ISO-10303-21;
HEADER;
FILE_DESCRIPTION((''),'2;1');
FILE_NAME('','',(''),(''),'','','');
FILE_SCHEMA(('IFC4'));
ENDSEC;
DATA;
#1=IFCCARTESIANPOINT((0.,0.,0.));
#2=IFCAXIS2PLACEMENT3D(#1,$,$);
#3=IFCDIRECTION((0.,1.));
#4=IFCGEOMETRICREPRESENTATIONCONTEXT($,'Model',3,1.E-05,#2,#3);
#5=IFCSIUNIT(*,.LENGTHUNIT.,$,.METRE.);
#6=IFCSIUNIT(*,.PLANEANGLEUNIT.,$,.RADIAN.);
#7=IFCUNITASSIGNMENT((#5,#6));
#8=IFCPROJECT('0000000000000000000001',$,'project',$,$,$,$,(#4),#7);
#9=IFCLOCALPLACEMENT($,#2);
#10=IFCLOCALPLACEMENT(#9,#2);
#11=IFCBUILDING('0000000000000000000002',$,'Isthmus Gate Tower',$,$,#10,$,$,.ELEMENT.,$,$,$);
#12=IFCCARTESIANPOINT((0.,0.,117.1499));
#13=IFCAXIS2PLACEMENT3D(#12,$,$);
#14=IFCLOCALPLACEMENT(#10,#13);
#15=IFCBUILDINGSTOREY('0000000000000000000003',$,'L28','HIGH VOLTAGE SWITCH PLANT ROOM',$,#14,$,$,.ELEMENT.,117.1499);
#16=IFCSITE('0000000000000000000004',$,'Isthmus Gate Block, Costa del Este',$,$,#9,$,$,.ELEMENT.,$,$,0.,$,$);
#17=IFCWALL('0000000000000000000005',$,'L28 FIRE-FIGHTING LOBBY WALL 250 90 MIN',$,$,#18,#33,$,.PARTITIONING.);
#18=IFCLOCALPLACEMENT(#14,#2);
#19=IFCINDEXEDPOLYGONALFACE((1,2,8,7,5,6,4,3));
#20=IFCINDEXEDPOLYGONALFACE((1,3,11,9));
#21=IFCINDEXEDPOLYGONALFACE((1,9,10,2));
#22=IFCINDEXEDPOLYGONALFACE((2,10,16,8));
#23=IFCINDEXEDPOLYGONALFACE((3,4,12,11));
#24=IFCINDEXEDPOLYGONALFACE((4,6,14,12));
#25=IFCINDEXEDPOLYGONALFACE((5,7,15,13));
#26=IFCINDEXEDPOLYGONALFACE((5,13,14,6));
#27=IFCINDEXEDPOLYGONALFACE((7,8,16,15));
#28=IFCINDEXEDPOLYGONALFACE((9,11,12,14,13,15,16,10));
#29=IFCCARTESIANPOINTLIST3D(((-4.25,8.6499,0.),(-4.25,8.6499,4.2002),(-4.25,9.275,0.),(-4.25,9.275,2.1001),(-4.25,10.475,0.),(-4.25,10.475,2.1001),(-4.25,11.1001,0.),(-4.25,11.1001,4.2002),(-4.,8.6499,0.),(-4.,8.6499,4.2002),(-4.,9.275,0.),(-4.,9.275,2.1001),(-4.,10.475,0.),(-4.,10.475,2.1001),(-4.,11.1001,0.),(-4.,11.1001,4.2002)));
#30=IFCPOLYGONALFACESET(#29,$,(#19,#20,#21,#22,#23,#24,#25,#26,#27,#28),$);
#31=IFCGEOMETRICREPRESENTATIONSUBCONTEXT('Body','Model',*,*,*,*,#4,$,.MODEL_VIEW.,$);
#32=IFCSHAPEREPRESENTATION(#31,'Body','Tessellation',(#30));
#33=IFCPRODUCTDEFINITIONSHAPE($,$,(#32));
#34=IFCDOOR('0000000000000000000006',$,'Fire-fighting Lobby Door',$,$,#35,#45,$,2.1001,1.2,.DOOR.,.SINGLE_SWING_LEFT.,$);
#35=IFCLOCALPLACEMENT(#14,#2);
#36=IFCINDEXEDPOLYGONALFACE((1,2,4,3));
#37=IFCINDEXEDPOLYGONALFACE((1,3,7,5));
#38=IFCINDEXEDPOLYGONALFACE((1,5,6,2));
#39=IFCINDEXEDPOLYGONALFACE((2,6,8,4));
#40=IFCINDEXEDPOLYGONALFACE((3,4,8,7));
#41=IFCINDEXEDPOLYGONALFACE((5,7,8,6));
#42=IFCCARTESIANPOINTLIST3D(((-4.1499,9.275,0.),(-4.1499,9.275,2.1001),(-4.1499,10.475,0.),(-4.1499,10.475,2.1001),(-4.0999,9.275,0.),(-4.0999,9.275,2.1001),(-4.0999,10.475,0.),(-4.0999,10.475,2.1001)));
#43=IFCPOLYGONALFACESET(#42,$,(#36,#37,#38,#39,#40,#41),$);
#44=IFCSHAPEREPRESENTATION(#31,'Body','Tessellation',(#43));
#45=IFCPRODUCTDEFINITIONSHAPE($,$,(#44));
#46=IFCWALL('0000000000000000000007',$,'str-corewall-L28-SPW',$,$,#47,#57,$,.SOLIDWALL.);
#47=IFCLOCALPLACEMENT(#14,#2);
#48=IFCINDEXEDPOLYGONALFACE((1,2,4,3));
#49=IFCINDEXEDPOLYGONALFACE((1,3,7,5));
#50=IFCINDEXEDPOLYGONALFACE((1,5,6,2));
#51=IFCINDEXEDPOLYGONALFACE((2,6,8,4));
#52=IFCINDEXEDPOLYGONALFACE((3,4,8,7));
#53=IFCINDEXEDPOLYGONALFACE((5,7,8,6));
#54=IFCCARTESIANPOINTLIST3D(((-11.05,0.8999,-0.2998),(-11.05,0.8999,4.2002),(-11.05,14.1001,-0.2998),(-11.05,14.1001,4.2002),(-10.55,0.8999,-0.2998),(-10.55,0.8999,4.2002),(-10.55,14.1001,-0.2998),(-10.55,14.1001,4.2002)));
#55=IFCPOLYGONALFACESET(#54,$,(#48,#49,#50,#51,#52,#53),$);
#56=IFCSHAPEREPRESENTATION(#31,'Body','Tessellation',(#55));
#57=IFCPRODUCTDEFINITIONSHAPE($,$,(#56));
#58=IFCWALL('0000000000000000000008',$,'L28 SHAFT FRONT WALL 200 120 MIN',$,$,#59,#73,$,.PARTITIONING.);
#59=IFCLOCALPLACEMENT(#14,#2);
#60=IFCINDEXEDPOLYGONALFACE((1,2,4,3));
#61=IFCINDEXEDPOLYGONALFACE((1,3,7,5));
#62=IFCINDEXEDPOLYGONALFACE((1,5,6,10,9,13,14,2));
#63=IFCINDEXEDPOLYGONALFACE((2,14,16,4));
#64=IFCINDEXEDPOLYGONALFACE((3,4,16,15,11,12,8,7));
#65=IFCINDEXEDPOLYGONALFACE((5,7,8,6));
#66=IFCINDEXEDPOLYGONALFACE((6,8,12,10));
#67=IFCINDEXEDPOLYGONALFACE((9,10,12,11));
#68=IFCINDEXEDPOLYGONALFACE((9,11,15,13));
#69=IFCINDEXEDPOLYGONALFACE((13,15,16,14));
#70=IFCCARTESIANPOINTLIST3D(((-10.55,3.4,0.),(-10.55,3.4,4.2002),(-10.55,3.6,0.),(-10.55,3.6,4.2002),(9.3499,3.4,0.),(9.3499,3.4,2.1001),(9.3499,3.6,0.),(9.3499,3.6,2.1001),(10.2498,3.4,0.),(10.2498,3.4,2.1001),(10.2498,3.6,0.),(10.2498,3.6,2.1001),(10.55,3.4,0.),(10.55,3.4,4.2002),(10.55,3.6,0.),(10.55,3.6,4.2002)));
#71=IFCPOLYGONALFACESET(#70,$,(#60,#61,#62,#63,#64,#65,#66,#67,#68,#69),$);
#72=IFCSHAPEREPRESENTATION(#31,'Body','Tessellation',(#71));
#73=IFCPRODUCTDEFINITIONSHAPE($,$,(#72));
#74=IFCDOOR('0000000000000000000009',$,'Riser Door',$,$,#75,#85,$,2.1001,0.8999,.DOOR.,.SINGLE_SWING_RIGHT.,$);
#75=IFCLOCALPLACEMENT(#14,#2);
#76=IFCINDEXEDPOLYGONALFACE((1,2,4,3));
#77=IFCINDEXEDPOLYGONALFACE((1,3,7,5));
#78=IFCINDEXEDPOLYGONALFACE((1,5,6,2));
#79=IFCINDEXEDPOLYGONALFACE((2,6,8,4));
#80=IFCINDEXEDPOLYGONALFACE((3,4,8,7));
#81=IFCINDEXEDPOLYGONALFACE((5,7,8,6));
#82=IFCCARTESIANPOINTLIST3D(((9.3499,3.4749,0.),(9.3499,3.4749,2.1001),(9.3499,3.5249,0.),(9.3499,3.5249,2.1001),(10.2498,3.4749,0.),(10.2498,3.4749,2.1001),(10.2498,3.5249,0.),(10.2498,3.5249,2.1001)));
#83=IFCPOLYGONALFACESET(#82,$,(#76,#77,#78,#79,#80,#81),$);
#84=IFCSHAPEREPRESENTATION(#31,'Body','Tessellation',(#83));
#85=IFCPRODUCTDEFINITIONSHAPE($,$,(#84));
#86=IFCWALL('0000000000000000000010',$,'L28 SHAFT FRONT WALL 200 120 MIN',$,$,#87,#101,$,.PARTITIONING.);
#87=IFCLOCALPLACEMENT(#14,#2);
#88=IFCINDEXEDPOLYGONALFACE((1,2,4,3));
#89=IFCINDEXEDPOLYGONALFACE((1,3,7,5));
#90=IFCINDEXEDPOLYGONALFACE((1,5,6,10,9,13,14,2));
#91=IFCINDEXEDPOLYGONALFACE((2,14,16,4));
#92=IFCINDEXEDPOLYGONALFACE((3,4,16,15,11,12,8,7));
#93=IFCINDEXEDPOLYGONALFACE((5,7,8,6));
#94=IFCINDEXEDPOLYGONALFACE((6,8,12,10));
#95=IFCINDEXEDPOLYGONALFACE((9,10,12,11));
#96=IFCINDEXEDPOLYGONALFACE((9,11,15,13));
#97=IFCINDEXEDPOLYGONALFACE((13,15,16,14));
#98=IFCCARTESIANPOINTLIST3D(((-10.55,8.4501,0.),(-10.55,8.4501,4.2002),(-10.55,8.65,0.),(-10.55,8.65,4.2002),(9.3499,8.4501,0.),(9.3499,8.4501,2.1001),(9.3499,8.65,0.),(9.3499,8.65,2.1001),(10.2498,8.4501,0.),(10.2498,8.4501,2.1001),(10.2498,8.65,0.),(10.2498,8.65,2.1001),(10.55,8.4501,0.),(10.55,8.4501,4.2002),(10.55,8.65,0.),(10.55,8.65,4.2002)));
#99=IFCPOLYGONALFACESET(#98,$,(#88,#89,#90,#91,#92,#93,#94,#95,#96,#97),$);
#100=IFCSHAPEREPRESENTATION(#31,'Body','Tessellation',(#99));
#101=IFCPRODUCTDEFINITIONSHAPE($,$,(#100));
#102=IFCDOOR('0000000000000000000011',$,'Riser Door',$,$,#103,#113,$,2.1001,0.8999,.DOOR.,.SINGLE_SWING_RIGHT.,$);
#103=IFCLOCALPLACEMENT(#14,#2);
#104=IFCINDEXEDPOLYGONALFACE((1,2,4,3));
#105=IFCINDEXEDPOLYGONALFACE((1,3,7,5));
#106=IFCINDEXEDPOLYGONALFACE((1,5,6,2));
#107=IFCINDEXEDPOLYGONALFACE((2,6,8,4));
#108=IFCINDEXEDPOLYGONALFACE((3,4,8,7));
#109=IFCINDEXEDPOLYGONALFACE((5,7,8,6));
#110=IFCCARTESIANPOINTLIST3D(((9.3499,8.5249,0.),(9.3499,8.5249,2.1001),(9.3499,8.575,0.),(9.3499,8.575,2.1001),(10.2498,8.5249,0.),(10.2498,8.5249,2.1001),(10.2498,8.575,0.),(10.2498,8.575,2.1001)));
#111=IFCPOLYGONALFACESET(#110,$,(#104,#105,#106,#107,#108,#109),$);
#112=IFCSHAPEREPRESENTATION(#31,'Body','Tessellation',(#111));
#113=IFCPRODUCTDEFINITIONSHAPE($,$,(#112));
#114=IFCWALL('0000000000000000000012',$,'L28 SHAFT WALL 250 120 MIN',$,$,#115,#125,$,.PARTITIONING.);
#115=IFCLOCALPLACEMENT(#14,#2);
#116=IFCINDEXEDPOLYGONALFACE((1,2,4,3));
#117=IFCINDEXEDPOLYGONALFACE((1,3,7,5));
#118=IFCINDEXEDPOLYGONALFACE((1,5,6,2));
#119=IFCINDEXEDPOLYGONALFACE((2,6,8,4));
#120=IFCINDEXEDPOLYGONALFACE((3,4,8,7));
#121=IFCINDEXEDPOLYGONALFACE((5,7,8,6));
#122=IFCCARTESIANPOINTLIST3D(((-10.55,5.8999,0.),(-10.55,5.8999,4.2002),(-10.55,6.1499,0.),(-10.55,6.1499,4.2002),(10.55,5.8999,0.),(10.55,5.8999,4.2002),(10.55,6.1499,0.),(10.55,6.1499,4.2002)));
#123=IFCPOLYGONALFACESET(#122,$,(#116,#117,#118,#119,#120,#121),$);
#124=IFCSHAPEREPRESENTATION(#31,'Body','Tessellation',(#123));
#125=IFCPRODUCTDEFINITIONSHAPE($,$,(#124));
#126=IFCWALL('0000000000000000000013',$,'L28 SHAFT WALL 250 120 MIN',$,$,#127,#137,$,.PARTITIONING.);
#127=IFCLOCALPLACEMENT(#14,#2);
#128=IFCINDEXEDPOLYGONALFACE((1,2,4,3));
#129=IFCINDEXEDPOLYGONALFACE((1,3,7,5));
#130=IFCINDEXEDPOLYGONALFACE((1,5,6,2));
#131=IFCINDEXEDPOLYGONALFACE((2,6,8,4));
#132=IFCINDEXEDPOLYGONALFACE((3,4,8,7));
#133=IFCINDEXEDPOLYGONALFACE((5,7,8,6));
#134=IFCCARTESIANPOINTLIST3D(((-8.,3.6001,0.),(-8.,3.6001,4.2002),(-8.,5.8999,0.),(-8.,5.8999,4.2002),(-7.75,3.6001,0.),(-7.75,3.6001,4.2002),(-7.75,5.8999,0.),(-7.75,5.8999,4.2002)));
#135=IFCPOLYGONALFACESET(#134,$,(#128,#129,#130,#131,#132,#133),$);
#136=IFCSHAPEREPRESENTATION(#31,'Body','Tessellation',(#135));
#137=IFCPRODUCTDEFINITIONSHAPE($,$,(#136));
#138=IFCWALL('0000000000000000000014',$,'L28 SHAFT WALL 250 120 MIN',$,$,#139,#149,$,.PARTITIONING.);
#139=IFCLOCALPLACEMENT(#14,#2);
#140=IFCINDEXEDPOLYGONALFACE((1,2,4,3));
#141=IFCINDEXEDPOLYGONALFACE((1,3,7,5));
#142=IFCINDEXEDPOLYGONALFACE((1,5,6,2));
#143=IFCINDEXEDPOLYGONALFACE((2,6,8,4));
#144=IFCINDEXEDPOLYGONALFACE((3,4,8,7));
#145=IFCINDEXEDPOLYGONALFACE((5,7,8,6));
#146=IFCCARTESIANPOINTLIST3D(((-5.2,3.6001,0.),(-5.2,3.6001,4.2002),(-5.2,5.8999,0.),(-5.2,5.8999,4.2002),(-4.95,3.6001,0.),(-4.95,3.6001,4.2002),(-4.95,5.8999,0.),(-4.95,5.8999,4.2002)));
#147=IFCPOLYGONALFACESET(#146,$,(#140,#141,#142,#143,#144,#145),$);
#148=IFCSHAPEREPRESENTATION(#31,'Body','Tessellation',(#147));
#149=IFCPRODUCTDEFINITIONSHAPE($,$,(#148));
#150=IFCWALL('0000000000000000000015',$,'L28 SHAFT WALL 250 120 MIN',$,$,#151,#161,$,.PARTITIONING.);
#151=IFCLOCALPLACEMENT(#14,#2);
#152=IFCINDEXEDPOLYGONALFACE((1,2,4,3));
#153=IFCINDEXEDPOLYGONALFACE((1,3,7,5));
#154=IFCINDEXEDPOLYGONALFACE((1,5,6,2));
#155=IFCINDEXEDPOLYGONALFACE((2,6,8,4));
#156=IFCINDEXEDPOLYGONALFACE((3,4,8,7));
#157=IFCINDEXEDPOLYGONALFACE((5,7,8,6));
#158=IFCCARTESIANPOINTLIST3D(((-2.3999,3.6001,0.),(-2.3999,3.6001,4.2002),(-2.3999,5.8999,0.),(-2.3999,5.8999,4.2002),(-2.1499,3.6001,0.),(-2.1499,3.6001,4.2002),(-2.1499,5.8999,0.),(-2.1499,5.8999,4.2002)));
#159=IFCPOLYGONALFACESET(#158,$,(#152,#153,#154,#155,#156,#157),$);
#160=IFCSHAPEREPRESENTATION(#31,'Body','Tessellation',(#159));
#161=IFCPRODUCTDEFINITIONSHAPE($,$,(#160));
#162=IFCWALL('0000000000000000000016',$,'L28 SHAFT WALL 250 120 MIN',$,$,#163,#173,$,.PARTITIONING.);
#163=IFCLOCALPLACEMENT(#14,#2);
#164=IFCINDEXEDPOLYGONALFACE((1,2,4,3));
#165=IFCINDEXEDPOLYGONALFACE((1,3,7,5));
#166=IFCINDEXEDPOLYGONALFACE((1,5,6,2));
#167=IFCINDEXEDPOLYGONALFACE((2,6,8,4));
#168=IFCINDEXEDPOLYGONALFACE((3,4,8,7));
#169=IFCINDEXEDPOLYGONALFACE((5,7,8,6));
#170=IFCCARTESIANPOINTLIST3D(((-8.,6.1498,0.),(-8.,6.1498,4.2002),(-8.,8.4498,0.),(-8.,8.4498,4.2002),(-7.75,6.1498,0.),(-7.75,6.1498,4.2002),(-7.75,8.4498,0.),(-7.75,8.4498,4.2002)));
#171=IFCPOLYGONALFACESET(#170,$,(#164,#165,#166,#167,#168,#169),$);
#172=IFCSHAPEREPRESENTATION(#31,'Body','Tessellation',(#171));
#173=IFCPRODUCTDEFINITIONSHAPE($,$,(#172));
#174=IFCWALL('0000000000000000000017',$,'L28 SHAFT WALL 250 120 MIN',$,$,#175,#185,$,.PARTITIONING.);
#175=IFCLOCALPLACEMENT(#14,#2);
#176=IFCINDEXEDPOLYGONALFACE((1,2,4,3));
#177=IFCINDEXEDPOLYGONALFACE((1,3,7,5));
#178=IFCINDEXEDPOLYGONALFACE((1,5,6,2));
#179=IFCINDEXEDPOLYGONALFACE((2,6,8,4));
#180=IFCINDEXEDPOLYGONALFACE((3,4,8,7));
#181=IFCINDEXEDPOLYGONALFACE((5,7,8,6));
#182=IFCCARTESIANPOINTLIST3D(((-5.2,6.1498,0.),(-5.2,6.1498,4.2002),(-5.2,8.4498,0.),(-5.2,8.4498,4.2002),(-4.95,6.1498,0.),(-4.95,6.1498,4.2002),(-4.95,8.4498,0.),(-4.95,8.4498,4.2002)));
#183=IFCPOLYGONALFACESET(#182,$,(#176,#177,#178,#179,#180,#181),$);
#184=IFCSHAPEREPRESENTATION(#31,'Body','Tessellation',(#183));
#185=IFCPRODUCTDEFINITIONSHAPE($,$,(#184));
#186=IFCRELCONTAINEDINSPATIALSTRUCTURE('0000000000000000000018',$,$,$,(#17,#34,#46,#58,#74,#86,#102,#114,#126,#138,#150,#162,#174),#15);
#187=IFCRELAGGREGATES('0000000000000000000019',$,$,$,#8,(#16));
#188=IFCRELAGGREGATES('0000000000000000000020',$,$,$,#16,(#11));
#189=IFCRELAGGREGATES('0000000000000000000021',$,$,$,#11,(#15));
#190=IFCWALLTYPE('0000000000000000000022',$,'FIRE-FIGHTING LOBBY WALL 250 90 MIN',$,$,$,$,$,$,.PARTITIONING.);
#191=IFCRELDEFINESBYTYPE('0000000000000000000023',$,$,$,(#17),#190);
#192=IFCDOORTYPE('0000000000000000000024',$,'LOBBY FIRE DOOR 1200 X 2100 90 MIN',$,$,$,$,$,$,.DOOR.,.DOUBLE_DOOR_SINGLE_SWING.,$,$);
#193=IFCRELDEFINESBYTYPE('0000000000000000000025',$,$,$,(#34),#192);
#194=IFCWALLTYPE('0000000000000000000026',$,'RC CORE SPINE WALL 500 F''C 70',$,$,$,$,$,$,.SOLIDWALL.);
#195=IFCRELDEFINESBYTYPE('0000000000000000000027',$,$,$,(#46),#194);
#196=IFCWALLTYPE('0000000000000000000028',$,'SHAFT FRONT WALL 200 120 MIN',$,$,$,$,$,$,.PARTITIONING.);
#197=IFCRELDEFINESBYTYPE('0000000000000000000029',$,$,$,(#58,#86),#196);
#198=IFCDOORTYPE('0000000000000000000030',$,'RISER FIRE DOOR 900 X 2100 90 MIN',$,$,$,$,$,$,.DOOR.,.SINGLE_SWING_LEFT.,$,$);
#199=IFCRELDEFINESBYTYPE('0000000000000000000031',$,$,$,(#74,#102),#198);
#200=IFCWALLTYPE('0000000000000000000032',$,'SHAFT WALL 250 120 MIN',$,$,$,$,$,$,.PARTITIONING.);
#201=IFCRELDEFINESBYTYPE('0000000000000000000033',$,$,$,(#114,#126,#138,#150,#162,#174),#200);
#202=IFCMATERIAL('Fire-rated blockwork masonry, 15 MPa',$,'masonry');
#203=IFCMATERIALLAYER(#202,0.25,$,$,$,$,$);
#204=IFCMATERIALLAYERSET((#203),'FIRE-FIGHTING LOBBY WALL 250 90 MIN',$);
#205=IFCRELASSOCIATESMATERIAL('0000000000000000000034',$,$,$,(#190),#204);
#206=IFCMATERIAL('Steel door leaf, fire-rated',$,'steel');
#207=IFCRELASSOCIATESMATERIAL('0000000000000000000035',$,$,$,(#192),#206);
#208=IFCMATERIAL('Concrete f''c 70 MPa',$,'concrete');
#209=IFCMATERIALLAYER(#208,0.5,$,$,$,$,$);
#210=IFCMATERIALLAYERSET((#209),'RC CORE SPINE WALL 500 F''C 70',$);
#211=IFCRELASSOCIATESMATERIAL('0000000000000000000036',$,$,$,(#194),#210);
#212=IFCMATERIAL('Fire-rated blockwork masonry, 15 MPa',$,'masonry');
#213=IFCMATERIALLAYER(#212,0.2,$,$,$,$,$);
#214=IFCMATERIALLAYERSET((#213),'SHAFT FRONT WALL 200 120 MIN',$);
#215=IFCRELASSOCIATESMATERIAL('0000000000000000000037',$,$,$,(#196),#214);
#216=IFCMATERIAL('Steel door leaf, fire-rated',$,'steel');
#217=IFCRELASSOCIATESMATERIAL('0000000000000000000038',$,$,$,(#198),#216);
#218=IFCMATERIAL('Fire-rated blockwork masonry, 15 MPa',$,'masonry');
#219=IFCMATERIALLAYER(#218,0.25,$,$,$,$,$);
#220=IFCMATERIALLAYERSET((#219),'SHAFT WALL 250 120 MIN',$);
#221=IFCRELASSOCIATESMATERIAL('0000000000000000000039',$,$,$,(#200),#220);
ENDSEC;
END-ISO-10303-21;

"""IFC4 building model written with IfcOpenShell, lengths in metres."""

from ifc_helpers import new_model, si_unit, direction, frame, frame_2d, origin, place, context, subcontext, project, spatial, rectangle, extrude, material, layer, layer_set, type_object, element, fill, save


model = new_model("IFC4")

# Units and contexts
model_context = context("Model", 3, precision=1e-05, world=origin(), true_north=direction((0.0, 1.0)))
body_context = subcontext(model_context, "Body", "Model", "MODEL_VIEW")
ifc_project = project(units=[si_unit("LENGTHUNIT", "METRE"), si_unit("PLANEANGLEUNIT", "RADIAN")], contexts=[model_context])

# Site, building, storey
site_placement = place(None, origin())
site = spatial("IfcSite", under=ifc_project, at=site_placement, Name="Isthmus Gate Block, Costa del Este", CompositionType="ELEMENT", RefElevation=0.0)
building_placement = place(site_placement, origin())
building = spatial("IfcBuilding", under=site, at=building_placement, Name="Isthmus Gate Tower", CompositionType="ELEMENT")
storey_placement = place(building_placement, frame((0.0, 0.0, 117.1499)))
storey = spatial("IfcBuildingStorey", under=building, at=storey_placement, Name="L28", Description="HIGH VOLTAGE SWITCH PLANT ROOM", CompositionType="ELEMENT", Elevation=117.1499)

# Wall, opening, door
ifc_material_1 = material(Name="Fire-rated blockwork masonry, 15 MPa", Category="masonry")
ifc_layer_1 = layer(ifc_material_1, 0.25)
ifc_layer_set_1 = layer_set([ifc_layer_1], Name="FIRE-FIGHTING LOBBY WALL 250 90 MIN")
wall_type_1 = type_object("IfcWallType", Name="FIRE-FIGHTING LOBBY WALL 250 90 MIN", PredefinedType="PARTITIONING", material=ifc_layer_set_1)
wall_1_placement = place(storey_placement, frame((-4.125, 8.6499, 0.0), z_axis=(0.0, 0.0, 1.0), x_axis=(0.0, 1.0, 0.0)))
wall_1 = element("IfcWall", 1, at=wall_1_placement, inside=storey, type_object=wall_type_1, Name="L28 FIRE-FIGHTING LOBBY WALL 250 90 MIN", PredefinedType="PARTITIONING", context=body_context, shape_type="SweptSolid", body=[
    extrude(rectangle(XDim=2.4502, YDim=0.25, at=frame_2d((1.2251, 0.0))), origin(), (0.0, 0.0, 1.0), 4.2002),
])
opening_1_placement = place(wall_1_placement, frame((0.625, 0.0, 0.0)))
opening_1 = element("IfcOpeningElement", 2, at=opening_1_placement, cuts=wall_1, PredefinedType="OPENING", context=body_context, shape_type="SweptSolid", body=[
    extrude(rectangle(XDim=1.2, YDim=2.1001, at=frame_2d((0.6001, 1.05))), frame((0.0, 0.135, 0.0), z_axis=(0.0, -1.0, 0.0), x_axis=(1.0, 0.0, 0.0)), (0.0, 0.0, 1.0), 0.27),
])
ifc_material_2 = material(Name="Steel door leaf, fire-rated", Category="steel")
door_type_1 = type_object("IfcDoorType", Name="LOBBY FIRE DOOR 1200 X 2100 90 MIN", OperationType="DOUBLE_DOOR_SINGLE_SWING", PredefinedType="DOOR", material=ifc_material_2)
door_1_placement = place(opening_1_placement, origin())
door_1 = element("IfcDoor", 3, at=door_1_placement, inside=storey, type_object=door_type_1, Name="Fire-fighting Lobby Door", OperationType="SINGLE_SWING_LEFT", OverallHeight=2.1001, OverallWidth=1.2, PredefinedType="DOOR", context=body_context, shape_type="SweptSolid", body=[
    extrude(rectangle(XDim=1.2, YDim=2.1001, at=frame_2d((0.6001, 1.05))), frame((0.0, 0.0249, 0.0), z_axis=(0.0, -1.0, 0.0), x_axis=(1.0, 0.0, 0.0)), (0.0, 0.0, 1.0), 0.05),
])
fill(opening_1, door_1)

# Wall
ifc_material_3 = material(Name="Concrete f'c 70 MPa", Category="concrete")
ifc_layer_2 = layer(ifc_material_3, 0.5)
ifc_layer_set_2 = layer_set([ifc_layer_2], Name="RC CORE SPINE WALL 500 F'C 70")
wall_type_2 = type_object("IfcWallType", Name="RC CORE SPINE WALL 500 F'C 70", PredefinedType="SOLIDWALL", material=ifc_layer_set_2)
wall_2_placement = place(storey_placement, frame((-10.8, 0.8999, -0.2998), z_axis=(0.0, 0.0, 1.0), x_axis=(0.0, 1.0, 0.0)))
element("IfcWall", 4, at=wall_2_placement, inside=storey, type_object=wall_type_2, Name="str-corewall-L28-SPW", PredefinedType="SOLIDWALL", context=body_context, shape_type="SweptSolid", body=[
    extrude(rectangle(XDim=13.2002, YDim=0.5, at=frame_2d((6.6001, 0.0))), origin(), (0.0, 0.0, 1.0), 4.5),
])

# Walls, openings, doors
ifc_material_4 = material(Name="Fire-rated blockwork masonry, 15 MPa", Category="masonry")
ifc_layer_3 = layer(ifc_material_4, 0.2)
ifc_layer_set_3 = layer_set([ifc_layer_3], Name="SHAFT FRONT WALL 200 120 MIN")
wall_type_3 = type_object("IfcWallType", Name="SHAFT FRONT WALL 200 120 MIN", PredefinedType="PARTITIONING", material=ifc_layer_set_3)
wall_3_placement = place(storey_placement, frame((-10.55, 3.5, 0.0), z_axis=(0.0, 0.0, 1.0), x_axis=(1.0, 0.0, 0.0)))
wall_3 = element("IfcWall", 5, at=wall_3_placement, inside=storey, type_object=wall_type_3, Name="L28 SHAFT FRONT WALL 200 120 MIN", PredefinedType="PARTITIONING", context=body_context, shape_type="SweptSolid", body=[
    extrude(rectangle(XDim=21.1001, YDim=0.2, at=frame_2d((10.55, 0.0))), origin(), (0.0, 0.0, 1.0), 4.2002),
])
opening_2_placement = place(wall_3_placement, frame((19.8999, 0.0, 0.0)))
opening_2 = element("IfcOpeningElement", 6, at=opening_2_placement, cuts=wall_3, PredefinedType="OPENING", context=body_context, shape_type="SweptSolid", body=[
    extrude(rectangle(XDim=0.8999, YDim=2.1001, at=frame_2d((0.45, 1.05))), frame((0.0, 0.1099, 0.0), z_axis=(0.0, -1.0, 0.0), x_axis=(1.0, 0.0, 0.0)), (0.0, 0.0, 1.0), 0.22),
])
ifc_material_5 = material(Name="Steel door leaf, fire-rated", Category="steel")
door_type_2 = type_object("IfcDoorType", Name="RISER FIRE DOOR 900 X 2100 90 MIN", OperationType="SINGLE_SWING_LEFT", PredefinedType="DOOR", material=ifc_material_5)
door_2_placement = place(opening_2_placement, origin())
door_2 = element("IfcDoor", 7, at=door_2_placement, inside=storey, type_object=door_type_2, Name="Riser Door", OperationType="SINGLE_SWING_RIGHT", OverallHeight=2.1001, OverallWidth=0.8999, PredefinedType="DOOR", context=body_context, shape_type="SweptSolid", body=[
    extrude(rectangle(XDim=0.8999, YDim=2.1001, at=frame_2d((0.45, 1.05))), frame((0.0, 0.0249, 0.0), z_axis=(0.0, -1.0, 0.0), x_axis=(1.0, 0.0, 0.0)), (0.0, 0.0, 1.0), 0.05),
])
fill(opening_2, door_2)
wall_4_placement = place(storey_placement, frame((-10.55, 8.55, 0.0), z_axis=(0.0, 0.0, 1.0), x_axis=(1.0, 0.0, 0.0)))
wall_4 = element("IfcWall", 8, at=wall_4_placement, inside=storey, type_object=wall_type_3, Name="L28 SHAFT FRONT WALL 200 120 MIN", PredefinedType="PARTITIONING", context=body_context, shape_type="SweptSolid", body=[
    extrude(rectangle(XDim=21.1001, YDim=0.2, at=frame_2d((10.55, 0.0))), origin(), (0.0, 0.0, 1.0), 4.2002),
])
opening_3_placement = place(wall_4_placement, frame((19.8999, 0.0, 0.0)))
opening_3 = element("IfcOpeningElement", 9, at=opening_3_placement, cuts=wall_4, PredefinedType="OPENING", context=body_context, shape_type="SweptSolid", body=[
    extrude(rectangle(XDim=0.8999, YDim=2.1001, at=frame_2d((0.45, 1.05))), frame((0.0, 0.1099, 0.0), z_axis=(0.0, -1.0, 0.0), x_axis=(1.0, 0.0, 0.0)), (0.0, 0.0, 1.0), 0.22),
])
door_3_placement = place(opening_3_placement, origin())
door_3 = element("IfcDoor", 10, at=door_3_placement, inside=storey, type_object=door_type_2, Name="Riser Door", OperationType="SINGLE_SWING_RIGHT", OverallHeight=2.1001, OverallWidth=0.8999, PredefinedType="DOOR", context=body_context, shape_type="SweptSolid", body=[
    extrude(rectangle(XDim=0.8999, YDim=2.1001, at=frame_2d((0.45, 1.05))), frame((0.0, 0.0249, 0.0), z_axis=(0.0, -1.0, 0.0), x_axis=(1.0, 0.0, 0.0)), (0.0, 0.0, 1.0), 0.05),
])
fill(opening_3, door_3)

# Walls
ifc_material_6 = material(Name="Fire-rated blockwork masonry, 15 MPa", Category="masonry")
ifc_layer_4 = layer(ifc_material_6, 0.25)
ifc_layer_set_4 = layer_set([ifc_layer_4], Name="SHAFT WALL 250 120 MIN")
wall_type_4 = type_object("IfcWallType", Name="SHAFT WALL 250 120 MIN", PredefinedType="PARTITIONING", material=ifc_layer_set_4)
wall_5_placement = place(storey_placement, frame((-10.55, 6.0249, 0.0), z_axis=(0.0, 0.0, 1.0), x_axis=(1.0, 0.0, 0.0)))
element("IfcWall", 11, at=wall_5_placement, inside=storey, type_object=wall_type_4, Name="L28 SHAFT WALL 250 120 MIN", PredefinedType="PARTITIONING", context=body_context, shape_type="SweptSolid", body=[
    extrude(rectangle(XDim=21.1001, YDim=0.25, at=frame_2d((10.55, 0.0))), origin(), (0.0, 0.0, 1.0), 4.2002),
])
for number, where, z_axis, x_axis, name in (
    (12, (-7.875, 3.6001, 0.0), (0.0, 0.0, 1.0), (0.0, 1.0, 0.0), "L28 SHAFT WALL 250 120 MIN"),
    (13, (-5.075, 3.6001, 0.0), (0.0, 0.0, 1.0), (0.0, 1.0, 0.0), "L28 SHAFT WALL 250 120 MIN"),
    (14, (-2.2749, 3.6001, 0.0), (0.0, 0.0, 1.0), (0.0, 1.0, 0.0), "L28 SHAFT WALL 250 120 MIN"),
):
    element("IfcWall", number, at=place(storey_placement, frame(where, z_axis=z_axis, x_axis=x_axis)), inside=storey, type_object=wall_type_4, Name=name, PredefinedType="PARTITIONING", context=body_context, shape_type="SweptSolid", body=[
        extrude(rectangle(XDim=2.2998, YDim=0.25, at=frame_2d((1.1499, 0.0))), origin(), (0.0, 0.0, 1.0), 4.2002),
    ])
for number, where, z_axis, x_axis, name in (
    (15, (-7.875, 6.1499, 0.0), (0.0, 0.0, 1.0), (0.0, 1.0, 0.0), "L28 SHAFT WALL 250 120 MIN"),
    (16, (-5.075, 6.1499, 0.0), (0.0, 0.0, 1.0), (0.0, 1.0, 0.0), "L28 SHAFT WALL 250 120 MIN"),
):
    element("IfcWall", number, at=place(storey_placement, frame(where, z_axis=z_axis, x_axis=x_axis)), inside=storey, type_object=wall_type_4, Name=name, PredefinedType="PARTITIONING", context=body_context, shape_type="SweptSolid", body=[
        extrude(rectangle(XDim=2.3, YDim=0.25, at=frame_2d((1.1499, 0.0))), origin(), (0.0, 0.0, 1.0), 4.2002),
    ])

save(model, "model.ifc")
